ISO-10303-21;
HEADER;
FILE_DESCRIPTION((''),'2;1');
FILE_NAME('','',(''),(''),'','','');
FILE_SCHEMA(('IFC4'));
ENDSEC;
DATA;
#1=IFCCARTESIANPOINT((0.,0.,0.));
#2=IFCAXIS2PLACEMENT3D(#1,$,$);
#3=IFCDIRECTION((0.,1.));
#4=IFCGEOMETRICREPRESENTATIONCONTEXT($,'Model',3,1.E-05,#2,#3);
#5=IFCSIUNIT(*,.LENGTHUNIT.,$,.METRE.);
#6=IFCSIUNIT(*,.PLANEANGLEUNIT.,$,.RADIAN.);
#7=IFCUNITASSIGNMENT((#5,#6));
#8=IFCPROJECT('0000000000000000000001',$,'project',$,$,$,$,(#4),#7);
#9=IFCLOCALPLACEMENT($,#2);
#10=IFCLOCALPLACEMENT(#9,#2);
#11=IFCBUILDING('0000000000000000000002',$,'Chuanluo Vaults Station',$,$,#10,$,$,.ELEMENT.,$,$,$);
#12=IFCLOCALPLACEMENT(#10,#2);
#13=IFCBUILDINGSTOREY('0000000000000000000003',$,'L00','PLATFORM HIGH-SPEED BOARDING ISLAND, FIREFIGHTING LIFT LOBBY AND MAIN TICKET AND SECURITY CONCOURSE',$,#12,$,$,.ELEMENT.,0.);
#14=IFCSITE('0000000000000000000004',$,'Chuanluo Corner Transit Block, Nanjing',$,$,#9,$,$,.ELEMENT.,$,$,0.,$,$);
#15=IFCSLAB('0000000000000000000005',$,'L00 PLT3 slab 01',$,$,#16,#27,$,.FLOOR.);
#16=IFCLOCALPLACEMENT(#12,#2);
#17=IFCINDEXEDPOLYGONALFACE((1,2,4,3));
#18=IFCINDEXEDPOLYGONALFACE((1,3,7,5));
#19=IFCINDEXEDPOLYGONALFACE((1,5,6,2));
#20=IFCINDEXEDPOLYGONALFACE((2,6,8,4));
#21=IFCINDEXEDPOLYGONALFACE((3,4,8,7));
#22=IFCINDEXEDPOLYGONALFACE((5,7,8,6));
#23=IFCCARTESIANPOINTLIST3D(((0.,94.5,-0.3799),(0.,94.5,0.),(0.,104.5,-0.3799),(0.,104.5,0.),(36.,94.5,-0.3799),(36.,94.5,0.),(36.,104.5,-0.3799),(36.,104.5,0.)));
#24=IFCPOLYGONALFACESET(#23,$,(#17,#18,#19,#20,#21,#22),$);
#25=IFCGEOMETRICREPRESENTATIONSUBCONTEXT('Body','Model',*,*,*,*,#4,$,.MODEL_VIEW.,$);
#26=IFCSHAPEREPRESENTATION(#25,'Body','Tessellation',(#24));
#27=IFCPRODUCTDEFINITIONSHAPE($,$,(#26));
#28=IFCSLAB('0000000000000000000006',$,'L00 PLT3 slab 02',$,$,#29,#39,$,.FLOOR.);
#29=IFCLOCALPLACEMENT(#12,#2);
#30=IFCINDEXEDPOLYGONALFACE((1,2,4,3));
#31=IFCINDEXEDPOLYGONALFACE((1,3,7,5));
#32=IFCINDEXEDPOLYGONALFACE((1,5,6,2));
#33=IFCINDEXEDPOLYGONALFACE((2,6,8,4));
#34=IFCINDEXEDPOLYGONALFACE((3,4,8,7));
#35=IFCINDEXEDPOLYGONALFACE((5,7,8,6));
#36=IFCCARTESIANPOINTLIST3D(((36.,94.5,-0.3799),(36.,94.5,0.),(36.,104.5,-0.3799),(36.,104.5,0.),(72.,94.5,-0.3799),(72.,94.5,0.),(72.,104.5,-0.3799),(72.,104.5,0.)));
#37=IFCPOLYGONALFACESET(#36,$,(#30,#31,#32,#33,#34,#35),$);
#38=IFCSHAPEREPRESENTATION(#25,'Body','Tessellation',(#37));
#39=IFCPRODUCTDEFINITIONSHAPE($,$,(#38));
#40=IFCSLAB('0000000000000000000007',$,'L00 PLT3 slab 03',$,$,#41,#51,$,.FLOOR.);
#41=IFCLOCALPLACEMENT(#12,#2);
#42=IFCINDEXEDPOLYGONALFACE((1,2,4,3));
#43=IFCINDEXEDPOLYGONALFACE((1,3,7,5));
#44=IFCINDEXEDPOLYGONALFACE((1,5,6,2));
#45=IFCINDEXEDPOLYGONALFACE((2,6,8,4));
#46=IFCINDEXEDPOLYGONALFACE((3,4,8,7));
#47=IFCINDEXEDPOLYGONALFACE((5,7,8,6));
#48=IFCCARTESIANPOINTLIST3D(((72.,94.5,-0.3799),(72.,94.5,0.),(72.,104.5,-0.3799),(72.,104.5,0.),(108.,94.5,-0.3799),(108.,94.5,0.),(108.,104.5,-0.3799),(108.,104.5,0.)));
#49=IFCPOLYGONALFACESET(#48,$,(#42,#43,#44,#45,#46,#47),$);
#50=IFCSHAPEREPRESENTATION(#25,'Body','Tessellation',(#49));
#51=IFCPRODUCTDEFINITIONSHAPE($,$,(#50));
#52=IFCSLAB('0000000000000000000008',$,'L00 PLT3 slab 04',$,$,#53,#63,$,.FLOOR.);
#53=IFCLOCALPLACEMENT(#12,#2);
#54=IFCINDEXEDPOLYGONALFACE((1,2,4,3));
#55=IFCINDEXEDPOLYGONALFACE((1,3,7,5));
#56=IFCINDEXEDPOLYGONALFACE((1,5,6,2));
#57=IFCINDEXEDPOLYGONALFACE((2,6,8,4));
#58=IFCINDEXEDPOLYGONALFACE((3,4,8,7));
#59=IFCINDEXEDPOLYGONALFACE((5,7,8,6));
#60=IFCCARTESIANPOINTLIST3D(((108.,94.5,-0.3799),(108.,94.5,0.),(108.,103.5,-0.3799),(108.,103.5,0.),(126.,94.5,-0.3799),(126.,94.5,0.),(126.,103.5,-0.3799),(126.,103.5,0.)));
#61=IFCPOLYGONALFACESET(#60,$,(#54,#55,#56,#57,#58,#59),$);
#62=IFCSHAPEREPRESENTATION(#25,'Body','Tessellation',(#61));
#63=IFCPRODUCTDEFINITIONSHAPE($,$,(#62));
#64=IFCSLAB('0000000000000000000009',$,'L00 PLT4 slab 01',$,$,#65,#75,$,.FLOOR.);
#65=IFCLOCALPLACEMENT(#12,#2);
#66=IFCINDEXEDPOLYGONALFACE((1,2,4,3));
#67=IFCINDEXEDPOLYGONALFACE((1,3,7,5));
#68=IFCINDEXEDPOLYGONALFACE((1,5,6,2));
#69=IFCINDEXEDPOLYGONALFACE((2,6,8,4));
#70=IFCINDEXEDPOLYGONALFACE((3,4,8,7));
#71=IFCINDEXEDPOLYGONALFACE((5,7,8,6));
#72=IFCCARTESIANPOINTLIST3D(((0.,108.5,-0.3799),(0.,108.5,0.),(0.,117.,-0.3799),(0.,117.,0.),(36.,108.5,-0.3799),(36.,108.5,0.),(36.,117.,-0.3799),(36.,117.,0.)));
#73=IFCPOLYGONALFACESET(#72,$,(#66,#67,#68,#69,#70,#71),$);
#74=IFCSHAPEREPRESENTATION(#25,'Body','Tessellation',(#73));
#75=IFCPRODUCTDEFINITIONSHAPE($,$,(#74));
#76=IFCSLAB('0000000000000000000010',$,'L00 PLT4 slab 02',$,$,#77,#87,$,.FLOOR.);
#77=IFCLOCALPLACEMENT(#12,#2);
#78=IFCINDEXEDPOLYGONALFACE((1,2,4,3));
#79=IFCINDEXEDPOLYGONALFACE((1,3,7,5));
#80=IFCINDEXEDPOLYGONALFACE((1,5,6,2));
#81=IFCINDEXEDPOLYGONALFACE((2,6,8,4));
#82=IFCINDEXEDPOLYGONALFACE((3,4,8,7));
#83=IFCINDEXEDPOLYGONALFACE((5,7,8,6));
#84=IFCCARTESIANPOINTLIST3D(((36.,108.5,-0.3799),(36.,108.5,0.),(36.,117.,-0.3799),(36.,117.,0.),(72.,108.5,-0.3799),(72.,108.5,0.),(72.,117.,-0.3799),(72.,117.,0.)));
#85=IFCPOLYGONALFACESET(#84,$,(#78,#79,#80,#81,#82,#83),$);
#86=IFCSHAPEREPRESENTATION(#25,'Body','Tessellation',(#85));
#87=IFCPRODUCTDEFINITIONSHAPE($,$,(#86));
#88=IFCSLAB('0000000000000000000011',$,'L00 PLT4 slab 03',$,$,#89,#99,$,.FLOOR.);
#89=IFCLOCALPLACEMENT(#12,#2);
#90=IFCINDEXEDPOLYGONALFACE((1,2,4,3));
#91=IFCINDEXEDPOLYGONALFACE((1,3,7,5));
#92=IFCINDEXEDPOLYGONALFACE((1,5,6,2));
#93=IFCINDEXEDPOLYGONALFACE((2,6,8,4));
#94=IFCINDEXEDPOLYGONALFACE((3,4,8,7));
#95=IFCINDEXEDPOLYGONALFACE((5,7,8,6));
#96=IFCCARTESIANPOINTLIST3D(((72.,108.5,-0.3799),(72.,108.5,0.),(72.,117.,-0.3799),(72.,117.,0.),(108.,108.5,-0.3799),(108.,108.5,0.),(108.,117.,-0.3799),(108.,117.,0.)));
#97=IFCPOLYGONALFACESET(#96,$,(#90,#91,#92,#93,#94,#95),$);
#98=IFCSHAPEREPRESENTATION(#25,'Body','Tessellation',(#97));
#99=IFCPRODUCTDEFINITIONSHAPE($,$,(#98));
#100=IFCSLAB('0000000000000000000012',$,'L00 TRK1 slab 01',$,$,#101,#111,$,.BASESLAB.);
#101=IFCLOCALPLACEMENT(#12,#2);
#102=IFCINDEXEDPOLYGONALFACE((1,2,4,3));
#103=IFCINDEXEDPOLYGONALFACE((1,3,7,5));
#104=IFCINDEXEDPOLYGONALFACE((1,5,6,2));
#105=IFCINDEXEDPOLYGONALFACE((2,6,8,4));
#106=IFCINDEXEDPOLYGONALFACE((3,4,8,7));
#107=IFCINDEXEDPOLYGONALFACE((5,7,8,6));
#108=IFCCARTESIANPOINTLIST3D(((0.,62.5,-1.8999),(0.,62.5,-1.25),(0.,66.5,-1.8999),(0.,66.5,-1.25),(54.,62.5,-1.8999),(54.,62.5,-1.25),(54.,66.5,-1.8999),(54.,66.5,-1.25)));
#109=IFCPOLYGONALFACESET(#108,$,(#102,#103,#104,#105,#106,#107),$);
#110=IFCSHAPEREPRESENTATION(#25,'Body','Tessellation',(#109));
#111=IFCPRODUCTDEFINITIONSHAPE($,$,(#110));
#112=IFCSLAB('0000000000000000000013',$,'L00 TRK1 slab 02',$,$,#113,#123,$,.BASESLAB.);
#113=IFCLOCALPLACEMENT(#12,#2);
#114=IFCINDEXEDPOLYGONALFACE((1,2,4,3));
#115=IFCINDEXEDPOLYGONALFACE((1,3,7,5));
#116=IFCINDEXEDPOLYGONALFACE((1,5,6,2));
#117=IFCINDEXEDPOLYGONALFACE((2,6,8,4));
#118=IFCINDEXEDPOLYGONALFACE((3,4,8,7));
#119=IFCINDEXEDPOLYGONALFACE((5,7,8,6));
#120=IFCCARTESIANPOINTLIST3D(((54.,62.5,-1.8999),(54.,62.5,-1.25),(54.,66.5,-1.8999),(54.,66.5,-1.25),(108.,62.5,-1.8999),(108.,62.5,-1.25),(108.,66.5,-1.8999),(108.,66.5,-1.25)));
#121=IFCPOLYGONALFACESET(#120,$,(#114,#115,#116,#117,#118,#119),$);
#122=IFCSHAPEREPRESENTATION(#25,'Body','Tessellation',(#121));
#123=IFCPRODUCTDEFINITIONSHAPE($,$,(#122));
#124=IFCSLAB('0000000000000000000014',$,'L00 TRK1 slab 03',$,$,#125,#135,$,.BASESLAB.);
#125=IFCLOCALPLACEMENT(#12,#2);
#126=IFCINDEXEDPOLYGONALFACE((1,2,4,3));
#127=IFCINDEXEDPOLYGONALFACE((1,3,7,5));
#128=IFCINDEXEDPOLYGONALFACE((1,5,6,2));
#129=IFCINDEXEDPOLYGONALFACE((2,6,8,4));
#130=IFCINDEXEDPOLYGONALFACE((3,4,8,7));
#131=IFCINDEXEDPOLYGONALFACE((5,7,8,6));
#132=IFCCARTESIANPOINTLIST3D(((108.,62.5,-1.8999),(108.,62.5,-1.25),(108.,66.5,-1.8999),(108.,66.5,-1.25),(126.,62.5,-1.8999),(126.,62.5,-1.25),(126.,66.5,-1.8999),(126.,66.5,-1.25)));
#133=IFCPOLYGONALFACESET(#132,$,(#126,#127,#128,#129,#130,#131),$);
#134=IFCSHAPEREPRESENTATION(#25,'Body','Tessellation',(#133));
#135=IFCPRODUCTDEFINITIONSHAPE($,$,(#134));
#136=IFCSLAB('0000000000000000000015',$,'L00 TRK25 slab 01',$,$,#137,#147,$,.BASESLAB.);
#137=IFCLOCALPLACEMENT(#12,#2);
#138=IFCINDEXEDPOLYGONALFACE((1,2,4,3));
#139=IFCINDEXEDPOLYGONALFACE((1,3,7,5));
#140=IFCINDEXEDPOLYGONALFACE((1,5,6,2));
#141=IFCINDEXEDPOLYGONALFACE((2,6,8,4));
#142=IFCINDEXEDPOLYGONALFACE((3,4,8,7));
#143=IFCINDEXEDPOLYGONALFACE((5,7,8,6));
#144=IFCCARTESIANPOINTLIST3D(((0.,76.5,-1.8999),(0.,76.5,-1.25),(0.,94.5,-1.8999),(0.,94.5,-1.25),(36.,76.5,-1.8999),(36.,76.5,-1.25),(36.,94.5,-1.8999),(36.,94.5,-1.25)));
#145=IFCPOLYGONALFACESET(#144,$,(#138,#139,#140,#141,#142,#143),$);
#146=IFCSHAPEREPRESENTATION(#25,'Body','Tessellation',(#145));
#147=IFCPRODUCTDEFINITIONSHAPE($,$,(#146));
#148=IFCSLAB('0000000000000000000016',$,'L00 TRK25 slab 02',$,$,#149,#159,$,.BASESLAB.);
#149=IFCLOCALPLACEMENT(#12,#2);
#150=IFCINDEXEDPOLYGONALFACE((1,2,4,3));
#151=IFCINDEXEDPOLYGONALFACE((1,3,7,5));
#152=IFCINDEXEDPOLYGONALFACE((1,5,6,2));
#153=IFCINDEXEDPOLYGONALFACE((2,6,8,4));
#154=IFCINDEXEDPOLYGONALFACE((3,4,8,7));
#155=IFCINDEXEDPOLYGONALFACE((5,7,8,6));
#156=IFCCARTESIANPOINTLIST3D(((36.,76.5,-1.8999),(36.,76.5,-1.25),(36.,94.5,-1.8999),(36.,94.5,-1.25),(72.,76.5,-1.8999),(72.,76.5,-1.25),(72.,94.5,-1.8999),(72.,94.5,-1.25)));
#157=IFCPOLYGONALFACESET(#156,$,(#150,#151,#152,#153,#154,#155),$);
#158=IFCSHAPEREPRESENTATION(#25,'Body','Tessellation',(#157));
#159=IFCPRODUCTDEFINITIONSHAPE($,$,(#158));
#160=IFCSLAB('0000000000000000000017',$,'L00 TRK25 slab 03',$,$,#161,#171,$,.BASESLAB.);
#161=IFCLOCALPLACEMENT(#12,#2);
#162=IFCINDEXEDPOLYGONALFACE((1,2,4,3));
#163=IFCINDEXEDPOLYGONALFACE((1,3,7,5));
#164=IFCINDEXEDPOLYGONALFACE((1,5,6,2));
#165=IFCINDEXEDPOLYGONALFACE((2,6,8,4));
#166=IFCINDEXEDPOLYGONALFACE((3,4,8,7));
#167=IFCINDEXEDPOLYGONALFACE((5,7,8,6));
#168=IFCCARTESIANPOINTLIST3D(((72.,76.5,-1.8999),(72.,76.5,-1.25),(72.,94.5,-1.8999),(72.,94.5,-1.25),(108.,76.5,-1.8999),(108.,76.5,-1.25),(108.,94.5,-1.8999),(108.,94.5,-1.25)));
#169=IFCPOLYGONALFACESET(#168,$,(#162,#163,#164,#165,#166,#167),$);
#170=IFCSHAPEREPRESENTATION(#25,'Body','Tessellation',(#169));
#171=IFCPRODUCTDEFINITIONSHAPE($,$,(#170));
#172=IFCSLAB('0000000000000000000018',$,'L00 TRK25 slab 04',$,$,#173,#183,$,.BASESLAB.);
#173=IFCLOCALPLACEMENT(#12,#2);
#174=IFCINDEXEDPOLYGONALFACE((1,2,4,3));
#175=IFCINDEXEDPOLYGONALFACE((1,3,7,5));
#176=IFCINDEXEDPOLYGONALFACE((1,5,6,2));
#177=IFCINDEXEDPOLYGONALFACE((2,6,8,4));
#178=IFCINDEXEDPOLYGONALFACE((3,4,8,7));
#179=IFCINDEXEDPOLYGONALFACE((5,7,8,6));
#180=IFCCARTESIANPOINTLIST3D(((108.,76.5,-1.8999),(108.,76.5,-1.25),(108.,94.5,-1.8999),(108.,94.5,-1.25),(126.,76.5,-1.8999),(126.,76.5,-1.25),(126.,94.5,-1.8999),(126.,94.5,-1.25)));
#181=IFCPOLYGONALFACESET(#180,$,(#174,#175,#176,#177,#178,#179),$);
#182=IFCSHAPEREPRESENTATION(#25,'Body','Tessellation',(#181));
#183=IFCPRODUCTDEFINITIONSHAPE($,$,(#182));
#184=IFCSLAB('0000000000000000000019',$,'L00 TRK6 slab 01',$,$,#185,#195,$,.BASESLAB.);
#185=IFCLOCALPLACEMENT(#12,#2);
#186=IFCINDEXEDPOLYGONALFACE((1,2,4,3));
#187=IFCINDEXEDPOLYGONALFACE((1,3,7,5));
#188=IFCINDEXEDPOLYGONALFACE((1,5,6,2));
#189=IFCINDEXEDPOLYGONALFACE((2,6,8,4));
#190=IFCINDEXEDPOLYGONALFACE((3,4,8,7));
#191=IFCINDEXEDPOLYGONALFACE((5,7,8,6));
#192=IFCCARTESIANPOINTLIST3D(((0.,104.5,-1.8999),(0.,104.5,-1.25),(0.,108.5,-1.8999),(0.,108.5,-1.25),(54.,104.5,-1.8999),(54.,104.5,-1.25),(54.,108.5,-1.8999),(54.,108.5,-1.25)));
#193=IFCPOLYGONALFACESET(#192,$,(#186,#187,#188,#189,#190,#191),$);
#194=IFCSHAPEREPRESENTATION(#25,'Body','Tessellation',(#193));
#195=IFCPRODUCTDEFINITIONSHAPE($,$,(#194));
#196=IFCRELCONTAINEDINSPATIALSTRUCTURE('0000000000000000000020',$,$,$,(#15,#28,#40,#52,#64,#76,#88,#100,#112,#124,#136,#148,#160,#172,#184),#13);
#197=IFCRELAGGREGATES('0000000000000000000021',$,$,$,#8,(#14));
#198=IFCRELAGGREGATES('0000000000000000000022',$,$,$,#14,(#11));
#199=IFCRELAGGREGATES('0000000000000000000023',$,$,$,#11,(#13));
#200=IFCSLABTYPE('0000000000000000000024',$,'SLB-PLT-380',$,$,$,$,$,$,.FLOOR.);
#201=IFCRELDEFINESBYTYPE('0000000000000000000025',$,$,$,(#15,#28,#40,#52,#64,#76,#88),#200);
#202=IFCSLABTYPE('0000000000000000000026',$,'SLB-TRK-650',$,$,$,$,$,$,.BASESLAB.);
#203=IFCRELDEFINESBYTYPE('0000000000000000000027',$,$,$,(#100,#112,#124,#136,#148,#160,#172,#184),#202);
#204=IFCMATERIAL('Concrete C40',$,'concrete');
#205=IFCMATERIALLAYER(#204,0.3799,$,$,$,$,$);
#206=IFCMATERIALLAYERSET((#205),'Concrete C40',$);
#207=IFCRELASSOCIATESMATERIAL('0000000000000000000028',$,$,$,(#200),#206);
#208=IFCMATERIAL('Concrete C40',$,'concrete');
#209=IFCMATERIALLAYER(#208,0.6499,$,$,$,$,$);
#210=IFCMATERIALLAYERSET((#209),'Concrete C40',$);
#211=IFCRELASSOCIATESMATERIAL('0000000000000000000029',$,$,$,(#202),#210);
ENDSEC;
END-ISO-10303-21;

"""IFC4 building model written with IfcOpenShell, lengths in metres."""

from ifc_helpers import new_model, si_unit, direction, frame, origin, place, context, subcontext, project, spatial, polyline, outline, extrude, material, layer, layer_set, type_object, element, save


model = new_model("IFC4")

# Units and contexts
model_context = context("Model", 3, precision=1e-05, world=origin(), true_north=direction((0.0, 1.0)))
body_context = subcontext(model_context, "Body", "Model", "MODEL_VIEW")
ifc_project = project(units=[si_unit("LENGTHUNIT", "METRE"), si_unit("PLANEANGLEUNIT", "RADIAN")], contexts=[model_context])

# Site, building, storey
site_placement = place(None, origin())
site = spatial("IfcSite", under=ifc_project, at=site_placement, Name="Chuanluo Corner Transit Block, Nanjing", CompositionType="ELEMENT", RefElevation=0.0)
building_placement = place(site_placement, origin())
building = spatial("IfcBuilding", under=site, at=building_placement, Name="Chuanluo Vaults Station", CompositionType="ELEMENT")
storey_placement = place(building_placement, origin())
storey = spatial("IfcBuildingStorey", under=building, at=storey_placement, Name="L00", Description="PLATFORM HIGH-SPEED BOARDING ISLAND, FIREFIGHTING LIFT LOBBY AND MAIN TICKET AND SECURITY CONCOURSE", CompositionType="ELEMENT", Elevation=0.0)

# Slabs
ifc_material_1 = material(Name="Concrete C40", Category="concrete")
ifc_layer_1 = layer(ifc_material_1, 0.3799)
ifc_layer_set_1 = layer_set([ifc_layer_1], Name="Concrete C40")
slab_type_1 = type_object("IfcSlabType", Name="SLB-PLT-380", PredefinedType="FLOOR", material=ifc_layer_set_1)
slab_1_placement = place(storey_placement, frame((0.0, 0.0, -0.3799)))
element("IfcSlab", 1, at=slab_1_placement, inside=storey, type_object=slab_type_1, Name="L00 PLT3 slab 01", PredefinedType="FLOOR", context=body_context, shape_type="SweptSolid", body=[
    extrude(outline(polyline([(0.0, 94.5), (36.0, 94.5), (36.0, 104.5), (0.0, 104.5), (0.0, 94.5)])), origin(), (0.0, 0.0, 1.0), 0.3799),
])
slab_2_placement = place(storey_placement, frame((0.0, 0.0, -0.3799)))
element("IfcSlab", 2, at=slab_2_placement, inside=storey, type_object=slab_type_1, Name="L00 PLT3 slab 02", PredefinedType="FLOOR", context=body_context, shape_type="SweptSolid", body=[
    extrude(outline(polyline([(36.0, 94.5), (72.0, 94.5), (72.0, 104.5), (36.0, 104.5), (36.0, 94.5)])), origin(), (0.0, 0.0, 1.0), 0.3799),
])
slab_3_placement = place(storey_placement, frame((0.0, 0.0, -0.3799)))
element("IfcSlab", 3, at=slab_3_placement, inside=storey, type_object=slab_type_1, Name="L00 PLT3 slab 03", PredefinedType="FLOOR", context=body_context, shape_type="SweptSolid", body=[
    extrude(outline(polyline([(72.0, 94.5), (108.0, 94.5), (108.0, 104.5), (72.0, 104.5), (72.0, 94.5)])), origin(), (0.0, 0.0, 1.0), 0.3799),
])
slab_4_placement = place(storey_placement, frame((0.0, 0.0, -0.3799)))
element("IfcSlab", 4, at=slab_4_placement, inside=storey, type_object=slab_type_1, Name="L00 PLT3 slab 04", PredefinedType="FLOOR", context=body_context, shape_type="SweptSolid", body=[
    extrude(outline(polyline([(108.0, 94.5), (126.0, 94.5), (126.0, 103.5), (108.0, 103.5), (108.0, 94.5)])), origin(), (0.0, 0.0, 1.0), 0.3799),
])
slab_5_placement = place(storey_placement, frame((0.0, 0.0, -0.3799)))
element("IfcSlab", 5, at=slab_5_placement, inside=storey, type_object=slab_type_1, Name="L00 PLT4 slab 01", PredefinedType="FLOOR", context=body_context, shape_type="SweptSolid", body=[
    extrude(outline(polyline([(0.0, 108.5), (36.0, 108.5), (36.0, 117.0), (0.0, 117.0), (0.0, 108.5)])), origin(), (0.0, 0.0, 1.0), 0.3799),
])
slab_6_placement = place(storey_placement, frame((0.0, 0.0, -0.3799)))
element("IfcSlab", 6, at=slab_6_placement, inside=storey, type_object=slab_type_1, Name="L00 PLT4 slab 02", PredefinedType="FLOOR", context=body_context, shape_type="SweptSolid", body=[
    extrude(outline(polyline([(36.0, 108.5), (72.0, 108.5), (72.0, 117.0), (36.0, 117.0), (36.0, 108.5)])), origin(), (0.0, 0.0, 1.0), 0.3799),
])
slab_7_placement = place(storey_placement, frame((0.0, 0.0, -0.3799)))
element("IfcSlab", 7, at=slab_7_placement, inside=storey, type_object=slab_type_1, Name="L00 PLT4 slab 03", PredefinedType="FLOOR", context=body_context, shape_type="SweptSolid", body=[
    extrude(outline(polyline([(72.0, 108.5), (108.0, 108.5), (108.0, 117.0), (72.0, 117.0), (72.0, 108.5)])), origin(), (0.0, 0.0, 1.0), 0.3799),
])
ifc_material_2 = material(Name="Concrete C40", Category="concrete")
ifc_layer_2 = layer(ifc_material_2, 0.6499)
ifc_layer_set_2 = layer_set([ifc_layer_2], Name="Concrete C40")
slab_type_2 = type_object("IfcSlabType", Name="SLB-TRK-650", PredefinedType="BASESLAB", material=ifc_layer_set_2)
slab_8_placement = place(storey_placement, frame((0.0, 0.0, -1.8999)))
element("IfcSlab", 8, at=slab_8_placement, inside=storey, type_object=slab_type_2, Name="L00 TRK1 slab 01", PredefinedType="BASESLAB", context=body_context, shape_type="SweptSolid", body=[
    extrude(outline(polyline([(0.0, 62.5), (54.0, 62.5), (54.0, 66.5), (0.0, 66.5), (0.0, 62.5)])), origin(), (0.0, 0.0, 1.0), 0.6499),
])
slab_9_placement = place(storey_placement, frame((0.0, 0.0, -1.8999)))
element("IfcSlab", 9, at=slab_9_placement, inside=storey, type_object=slab_type_2, Name="L00 TRK1 slab 02", PredefinedType="BASESLAB", context=body_context, shape_type="SweptSolid", body=[
    extrude(outline(polyline([(54.0, 62.5), (108.0, 62.5), (108.0, 66.5), (54.0, 66.5), (54.0, 62.5)])), origin(), (0.0, 0.0, 1.0), 0.6499),
])
slab_10_placement = place(storey_placement, frame((0.0, 0.0, -1.8999)))
element("IfcSlab", 10, at=slab_10_placement, inside=storey, type_object=slab_type_2, Name="L00 TRK1 slab 03", PredefinedType="BASESLAB", context=body_context, shape_type="SweptSolid", body=[
    extrude(outline(polyline([(108.0, 62.5), (126.0, 62.5), (126.0, 66.5), (108.0, 66.5), (108.0, 62.5)])), origin(), (0.0, 0.0, 1.0), 0.6499),
])
slab_11_placement = place(storey_placement, frame((0.0, 0.0, -1.8999)))
element("IfcSlab", 11, at=slab_11_placement, inside=storey, type_object=slab_type_2, Name="L00 TRK25 slab 01", PredefinedType="BASESLAB", context=body_context, shape_type="SweptSolid", body=[
    extrude(outline(polyline([(0.0, 76.5), (36.0, 76.5), (36.0, 94.5), (0.0, 94.5), (0.0, 76.5)])), origin(), (0.0, 0.0, 1.0), 0.6499),
])
slab_12_placement = place(storey_placement, frame((0.0, 0.0, -1.8999)))
element("IfcSlab", 12, at=slab_12_placement, inside=storey, type_object=slab_type_2, Name="L00 TRK25 slab 02", PredefinedType="BASESLAB", context=body_context, shape_type="SweptSolid", body=[
    extrude(outline(polyline([(36.0, 76.5), (72.0, 76.5), (72.0, 94.5), (36.0, 94.5), (36.0, 76.5)])), origin(), (0.0, 0.0, 1.0), 0.6499),
])
slab_13_placement = place(storey_placement, frame((0.0, 0.0, -1.8999)))
element("IfcSlab", 13, at=slab_13_placement, inside=storey, type_object=slab_type_2, Name="L00 TRK25 slab 03", PredefinedType="BASESLAB", context=body_context, shape_type="SweptSolid", body=[
    extrude(outline(polyline([(72.0, 76.5), (108.0, 76.5), (108.0, 94.5), (72.0, 94.5), (72.0, 76.5)])), origin(), (0.0, 0.0, 1.0), 0.6499),
])
slab_14_placement = place(storey_placement, frame((0.0, 0.0, -1.8999)))
element("IfcSlab", 14, at=slab_14_placement, inside=storey, type_object=slab_type_2, Name="L00 TRK25 slab 04", PredefinedType="BASESLAB", context=body_context, shape_type="SweptSolid", body=[
    extrude(outline(polyline([(108.0, 76.5), (126.0, 76.5), (126.0, 94.5), (108.0, 94.5), (108.0, 76.5)])), origin(), (0.0, 0.0, 1.0), 0.6499),
])
slab_15_placement = place(storey_placement, frame((0.0, 0.0, -1.8999)))
element("IfcSlab", 15, at=slab_15_placement, inside=storey, type_object=slab_type_2, Name="L00 TRK6 slab 01", PredefinedType="BASESLAB", context=body_context, shape_type="SweptSolid", body=[
    extrude(outline(polyline([(0.0, 104.5), (54.0, 104.5), (54.0, 108.5), (0.0, 108.5), (0.0, 104.5)])), origin(), (0.0, 0.0, 1.0), 0.6499),
])

save(model, "model.ifc")
